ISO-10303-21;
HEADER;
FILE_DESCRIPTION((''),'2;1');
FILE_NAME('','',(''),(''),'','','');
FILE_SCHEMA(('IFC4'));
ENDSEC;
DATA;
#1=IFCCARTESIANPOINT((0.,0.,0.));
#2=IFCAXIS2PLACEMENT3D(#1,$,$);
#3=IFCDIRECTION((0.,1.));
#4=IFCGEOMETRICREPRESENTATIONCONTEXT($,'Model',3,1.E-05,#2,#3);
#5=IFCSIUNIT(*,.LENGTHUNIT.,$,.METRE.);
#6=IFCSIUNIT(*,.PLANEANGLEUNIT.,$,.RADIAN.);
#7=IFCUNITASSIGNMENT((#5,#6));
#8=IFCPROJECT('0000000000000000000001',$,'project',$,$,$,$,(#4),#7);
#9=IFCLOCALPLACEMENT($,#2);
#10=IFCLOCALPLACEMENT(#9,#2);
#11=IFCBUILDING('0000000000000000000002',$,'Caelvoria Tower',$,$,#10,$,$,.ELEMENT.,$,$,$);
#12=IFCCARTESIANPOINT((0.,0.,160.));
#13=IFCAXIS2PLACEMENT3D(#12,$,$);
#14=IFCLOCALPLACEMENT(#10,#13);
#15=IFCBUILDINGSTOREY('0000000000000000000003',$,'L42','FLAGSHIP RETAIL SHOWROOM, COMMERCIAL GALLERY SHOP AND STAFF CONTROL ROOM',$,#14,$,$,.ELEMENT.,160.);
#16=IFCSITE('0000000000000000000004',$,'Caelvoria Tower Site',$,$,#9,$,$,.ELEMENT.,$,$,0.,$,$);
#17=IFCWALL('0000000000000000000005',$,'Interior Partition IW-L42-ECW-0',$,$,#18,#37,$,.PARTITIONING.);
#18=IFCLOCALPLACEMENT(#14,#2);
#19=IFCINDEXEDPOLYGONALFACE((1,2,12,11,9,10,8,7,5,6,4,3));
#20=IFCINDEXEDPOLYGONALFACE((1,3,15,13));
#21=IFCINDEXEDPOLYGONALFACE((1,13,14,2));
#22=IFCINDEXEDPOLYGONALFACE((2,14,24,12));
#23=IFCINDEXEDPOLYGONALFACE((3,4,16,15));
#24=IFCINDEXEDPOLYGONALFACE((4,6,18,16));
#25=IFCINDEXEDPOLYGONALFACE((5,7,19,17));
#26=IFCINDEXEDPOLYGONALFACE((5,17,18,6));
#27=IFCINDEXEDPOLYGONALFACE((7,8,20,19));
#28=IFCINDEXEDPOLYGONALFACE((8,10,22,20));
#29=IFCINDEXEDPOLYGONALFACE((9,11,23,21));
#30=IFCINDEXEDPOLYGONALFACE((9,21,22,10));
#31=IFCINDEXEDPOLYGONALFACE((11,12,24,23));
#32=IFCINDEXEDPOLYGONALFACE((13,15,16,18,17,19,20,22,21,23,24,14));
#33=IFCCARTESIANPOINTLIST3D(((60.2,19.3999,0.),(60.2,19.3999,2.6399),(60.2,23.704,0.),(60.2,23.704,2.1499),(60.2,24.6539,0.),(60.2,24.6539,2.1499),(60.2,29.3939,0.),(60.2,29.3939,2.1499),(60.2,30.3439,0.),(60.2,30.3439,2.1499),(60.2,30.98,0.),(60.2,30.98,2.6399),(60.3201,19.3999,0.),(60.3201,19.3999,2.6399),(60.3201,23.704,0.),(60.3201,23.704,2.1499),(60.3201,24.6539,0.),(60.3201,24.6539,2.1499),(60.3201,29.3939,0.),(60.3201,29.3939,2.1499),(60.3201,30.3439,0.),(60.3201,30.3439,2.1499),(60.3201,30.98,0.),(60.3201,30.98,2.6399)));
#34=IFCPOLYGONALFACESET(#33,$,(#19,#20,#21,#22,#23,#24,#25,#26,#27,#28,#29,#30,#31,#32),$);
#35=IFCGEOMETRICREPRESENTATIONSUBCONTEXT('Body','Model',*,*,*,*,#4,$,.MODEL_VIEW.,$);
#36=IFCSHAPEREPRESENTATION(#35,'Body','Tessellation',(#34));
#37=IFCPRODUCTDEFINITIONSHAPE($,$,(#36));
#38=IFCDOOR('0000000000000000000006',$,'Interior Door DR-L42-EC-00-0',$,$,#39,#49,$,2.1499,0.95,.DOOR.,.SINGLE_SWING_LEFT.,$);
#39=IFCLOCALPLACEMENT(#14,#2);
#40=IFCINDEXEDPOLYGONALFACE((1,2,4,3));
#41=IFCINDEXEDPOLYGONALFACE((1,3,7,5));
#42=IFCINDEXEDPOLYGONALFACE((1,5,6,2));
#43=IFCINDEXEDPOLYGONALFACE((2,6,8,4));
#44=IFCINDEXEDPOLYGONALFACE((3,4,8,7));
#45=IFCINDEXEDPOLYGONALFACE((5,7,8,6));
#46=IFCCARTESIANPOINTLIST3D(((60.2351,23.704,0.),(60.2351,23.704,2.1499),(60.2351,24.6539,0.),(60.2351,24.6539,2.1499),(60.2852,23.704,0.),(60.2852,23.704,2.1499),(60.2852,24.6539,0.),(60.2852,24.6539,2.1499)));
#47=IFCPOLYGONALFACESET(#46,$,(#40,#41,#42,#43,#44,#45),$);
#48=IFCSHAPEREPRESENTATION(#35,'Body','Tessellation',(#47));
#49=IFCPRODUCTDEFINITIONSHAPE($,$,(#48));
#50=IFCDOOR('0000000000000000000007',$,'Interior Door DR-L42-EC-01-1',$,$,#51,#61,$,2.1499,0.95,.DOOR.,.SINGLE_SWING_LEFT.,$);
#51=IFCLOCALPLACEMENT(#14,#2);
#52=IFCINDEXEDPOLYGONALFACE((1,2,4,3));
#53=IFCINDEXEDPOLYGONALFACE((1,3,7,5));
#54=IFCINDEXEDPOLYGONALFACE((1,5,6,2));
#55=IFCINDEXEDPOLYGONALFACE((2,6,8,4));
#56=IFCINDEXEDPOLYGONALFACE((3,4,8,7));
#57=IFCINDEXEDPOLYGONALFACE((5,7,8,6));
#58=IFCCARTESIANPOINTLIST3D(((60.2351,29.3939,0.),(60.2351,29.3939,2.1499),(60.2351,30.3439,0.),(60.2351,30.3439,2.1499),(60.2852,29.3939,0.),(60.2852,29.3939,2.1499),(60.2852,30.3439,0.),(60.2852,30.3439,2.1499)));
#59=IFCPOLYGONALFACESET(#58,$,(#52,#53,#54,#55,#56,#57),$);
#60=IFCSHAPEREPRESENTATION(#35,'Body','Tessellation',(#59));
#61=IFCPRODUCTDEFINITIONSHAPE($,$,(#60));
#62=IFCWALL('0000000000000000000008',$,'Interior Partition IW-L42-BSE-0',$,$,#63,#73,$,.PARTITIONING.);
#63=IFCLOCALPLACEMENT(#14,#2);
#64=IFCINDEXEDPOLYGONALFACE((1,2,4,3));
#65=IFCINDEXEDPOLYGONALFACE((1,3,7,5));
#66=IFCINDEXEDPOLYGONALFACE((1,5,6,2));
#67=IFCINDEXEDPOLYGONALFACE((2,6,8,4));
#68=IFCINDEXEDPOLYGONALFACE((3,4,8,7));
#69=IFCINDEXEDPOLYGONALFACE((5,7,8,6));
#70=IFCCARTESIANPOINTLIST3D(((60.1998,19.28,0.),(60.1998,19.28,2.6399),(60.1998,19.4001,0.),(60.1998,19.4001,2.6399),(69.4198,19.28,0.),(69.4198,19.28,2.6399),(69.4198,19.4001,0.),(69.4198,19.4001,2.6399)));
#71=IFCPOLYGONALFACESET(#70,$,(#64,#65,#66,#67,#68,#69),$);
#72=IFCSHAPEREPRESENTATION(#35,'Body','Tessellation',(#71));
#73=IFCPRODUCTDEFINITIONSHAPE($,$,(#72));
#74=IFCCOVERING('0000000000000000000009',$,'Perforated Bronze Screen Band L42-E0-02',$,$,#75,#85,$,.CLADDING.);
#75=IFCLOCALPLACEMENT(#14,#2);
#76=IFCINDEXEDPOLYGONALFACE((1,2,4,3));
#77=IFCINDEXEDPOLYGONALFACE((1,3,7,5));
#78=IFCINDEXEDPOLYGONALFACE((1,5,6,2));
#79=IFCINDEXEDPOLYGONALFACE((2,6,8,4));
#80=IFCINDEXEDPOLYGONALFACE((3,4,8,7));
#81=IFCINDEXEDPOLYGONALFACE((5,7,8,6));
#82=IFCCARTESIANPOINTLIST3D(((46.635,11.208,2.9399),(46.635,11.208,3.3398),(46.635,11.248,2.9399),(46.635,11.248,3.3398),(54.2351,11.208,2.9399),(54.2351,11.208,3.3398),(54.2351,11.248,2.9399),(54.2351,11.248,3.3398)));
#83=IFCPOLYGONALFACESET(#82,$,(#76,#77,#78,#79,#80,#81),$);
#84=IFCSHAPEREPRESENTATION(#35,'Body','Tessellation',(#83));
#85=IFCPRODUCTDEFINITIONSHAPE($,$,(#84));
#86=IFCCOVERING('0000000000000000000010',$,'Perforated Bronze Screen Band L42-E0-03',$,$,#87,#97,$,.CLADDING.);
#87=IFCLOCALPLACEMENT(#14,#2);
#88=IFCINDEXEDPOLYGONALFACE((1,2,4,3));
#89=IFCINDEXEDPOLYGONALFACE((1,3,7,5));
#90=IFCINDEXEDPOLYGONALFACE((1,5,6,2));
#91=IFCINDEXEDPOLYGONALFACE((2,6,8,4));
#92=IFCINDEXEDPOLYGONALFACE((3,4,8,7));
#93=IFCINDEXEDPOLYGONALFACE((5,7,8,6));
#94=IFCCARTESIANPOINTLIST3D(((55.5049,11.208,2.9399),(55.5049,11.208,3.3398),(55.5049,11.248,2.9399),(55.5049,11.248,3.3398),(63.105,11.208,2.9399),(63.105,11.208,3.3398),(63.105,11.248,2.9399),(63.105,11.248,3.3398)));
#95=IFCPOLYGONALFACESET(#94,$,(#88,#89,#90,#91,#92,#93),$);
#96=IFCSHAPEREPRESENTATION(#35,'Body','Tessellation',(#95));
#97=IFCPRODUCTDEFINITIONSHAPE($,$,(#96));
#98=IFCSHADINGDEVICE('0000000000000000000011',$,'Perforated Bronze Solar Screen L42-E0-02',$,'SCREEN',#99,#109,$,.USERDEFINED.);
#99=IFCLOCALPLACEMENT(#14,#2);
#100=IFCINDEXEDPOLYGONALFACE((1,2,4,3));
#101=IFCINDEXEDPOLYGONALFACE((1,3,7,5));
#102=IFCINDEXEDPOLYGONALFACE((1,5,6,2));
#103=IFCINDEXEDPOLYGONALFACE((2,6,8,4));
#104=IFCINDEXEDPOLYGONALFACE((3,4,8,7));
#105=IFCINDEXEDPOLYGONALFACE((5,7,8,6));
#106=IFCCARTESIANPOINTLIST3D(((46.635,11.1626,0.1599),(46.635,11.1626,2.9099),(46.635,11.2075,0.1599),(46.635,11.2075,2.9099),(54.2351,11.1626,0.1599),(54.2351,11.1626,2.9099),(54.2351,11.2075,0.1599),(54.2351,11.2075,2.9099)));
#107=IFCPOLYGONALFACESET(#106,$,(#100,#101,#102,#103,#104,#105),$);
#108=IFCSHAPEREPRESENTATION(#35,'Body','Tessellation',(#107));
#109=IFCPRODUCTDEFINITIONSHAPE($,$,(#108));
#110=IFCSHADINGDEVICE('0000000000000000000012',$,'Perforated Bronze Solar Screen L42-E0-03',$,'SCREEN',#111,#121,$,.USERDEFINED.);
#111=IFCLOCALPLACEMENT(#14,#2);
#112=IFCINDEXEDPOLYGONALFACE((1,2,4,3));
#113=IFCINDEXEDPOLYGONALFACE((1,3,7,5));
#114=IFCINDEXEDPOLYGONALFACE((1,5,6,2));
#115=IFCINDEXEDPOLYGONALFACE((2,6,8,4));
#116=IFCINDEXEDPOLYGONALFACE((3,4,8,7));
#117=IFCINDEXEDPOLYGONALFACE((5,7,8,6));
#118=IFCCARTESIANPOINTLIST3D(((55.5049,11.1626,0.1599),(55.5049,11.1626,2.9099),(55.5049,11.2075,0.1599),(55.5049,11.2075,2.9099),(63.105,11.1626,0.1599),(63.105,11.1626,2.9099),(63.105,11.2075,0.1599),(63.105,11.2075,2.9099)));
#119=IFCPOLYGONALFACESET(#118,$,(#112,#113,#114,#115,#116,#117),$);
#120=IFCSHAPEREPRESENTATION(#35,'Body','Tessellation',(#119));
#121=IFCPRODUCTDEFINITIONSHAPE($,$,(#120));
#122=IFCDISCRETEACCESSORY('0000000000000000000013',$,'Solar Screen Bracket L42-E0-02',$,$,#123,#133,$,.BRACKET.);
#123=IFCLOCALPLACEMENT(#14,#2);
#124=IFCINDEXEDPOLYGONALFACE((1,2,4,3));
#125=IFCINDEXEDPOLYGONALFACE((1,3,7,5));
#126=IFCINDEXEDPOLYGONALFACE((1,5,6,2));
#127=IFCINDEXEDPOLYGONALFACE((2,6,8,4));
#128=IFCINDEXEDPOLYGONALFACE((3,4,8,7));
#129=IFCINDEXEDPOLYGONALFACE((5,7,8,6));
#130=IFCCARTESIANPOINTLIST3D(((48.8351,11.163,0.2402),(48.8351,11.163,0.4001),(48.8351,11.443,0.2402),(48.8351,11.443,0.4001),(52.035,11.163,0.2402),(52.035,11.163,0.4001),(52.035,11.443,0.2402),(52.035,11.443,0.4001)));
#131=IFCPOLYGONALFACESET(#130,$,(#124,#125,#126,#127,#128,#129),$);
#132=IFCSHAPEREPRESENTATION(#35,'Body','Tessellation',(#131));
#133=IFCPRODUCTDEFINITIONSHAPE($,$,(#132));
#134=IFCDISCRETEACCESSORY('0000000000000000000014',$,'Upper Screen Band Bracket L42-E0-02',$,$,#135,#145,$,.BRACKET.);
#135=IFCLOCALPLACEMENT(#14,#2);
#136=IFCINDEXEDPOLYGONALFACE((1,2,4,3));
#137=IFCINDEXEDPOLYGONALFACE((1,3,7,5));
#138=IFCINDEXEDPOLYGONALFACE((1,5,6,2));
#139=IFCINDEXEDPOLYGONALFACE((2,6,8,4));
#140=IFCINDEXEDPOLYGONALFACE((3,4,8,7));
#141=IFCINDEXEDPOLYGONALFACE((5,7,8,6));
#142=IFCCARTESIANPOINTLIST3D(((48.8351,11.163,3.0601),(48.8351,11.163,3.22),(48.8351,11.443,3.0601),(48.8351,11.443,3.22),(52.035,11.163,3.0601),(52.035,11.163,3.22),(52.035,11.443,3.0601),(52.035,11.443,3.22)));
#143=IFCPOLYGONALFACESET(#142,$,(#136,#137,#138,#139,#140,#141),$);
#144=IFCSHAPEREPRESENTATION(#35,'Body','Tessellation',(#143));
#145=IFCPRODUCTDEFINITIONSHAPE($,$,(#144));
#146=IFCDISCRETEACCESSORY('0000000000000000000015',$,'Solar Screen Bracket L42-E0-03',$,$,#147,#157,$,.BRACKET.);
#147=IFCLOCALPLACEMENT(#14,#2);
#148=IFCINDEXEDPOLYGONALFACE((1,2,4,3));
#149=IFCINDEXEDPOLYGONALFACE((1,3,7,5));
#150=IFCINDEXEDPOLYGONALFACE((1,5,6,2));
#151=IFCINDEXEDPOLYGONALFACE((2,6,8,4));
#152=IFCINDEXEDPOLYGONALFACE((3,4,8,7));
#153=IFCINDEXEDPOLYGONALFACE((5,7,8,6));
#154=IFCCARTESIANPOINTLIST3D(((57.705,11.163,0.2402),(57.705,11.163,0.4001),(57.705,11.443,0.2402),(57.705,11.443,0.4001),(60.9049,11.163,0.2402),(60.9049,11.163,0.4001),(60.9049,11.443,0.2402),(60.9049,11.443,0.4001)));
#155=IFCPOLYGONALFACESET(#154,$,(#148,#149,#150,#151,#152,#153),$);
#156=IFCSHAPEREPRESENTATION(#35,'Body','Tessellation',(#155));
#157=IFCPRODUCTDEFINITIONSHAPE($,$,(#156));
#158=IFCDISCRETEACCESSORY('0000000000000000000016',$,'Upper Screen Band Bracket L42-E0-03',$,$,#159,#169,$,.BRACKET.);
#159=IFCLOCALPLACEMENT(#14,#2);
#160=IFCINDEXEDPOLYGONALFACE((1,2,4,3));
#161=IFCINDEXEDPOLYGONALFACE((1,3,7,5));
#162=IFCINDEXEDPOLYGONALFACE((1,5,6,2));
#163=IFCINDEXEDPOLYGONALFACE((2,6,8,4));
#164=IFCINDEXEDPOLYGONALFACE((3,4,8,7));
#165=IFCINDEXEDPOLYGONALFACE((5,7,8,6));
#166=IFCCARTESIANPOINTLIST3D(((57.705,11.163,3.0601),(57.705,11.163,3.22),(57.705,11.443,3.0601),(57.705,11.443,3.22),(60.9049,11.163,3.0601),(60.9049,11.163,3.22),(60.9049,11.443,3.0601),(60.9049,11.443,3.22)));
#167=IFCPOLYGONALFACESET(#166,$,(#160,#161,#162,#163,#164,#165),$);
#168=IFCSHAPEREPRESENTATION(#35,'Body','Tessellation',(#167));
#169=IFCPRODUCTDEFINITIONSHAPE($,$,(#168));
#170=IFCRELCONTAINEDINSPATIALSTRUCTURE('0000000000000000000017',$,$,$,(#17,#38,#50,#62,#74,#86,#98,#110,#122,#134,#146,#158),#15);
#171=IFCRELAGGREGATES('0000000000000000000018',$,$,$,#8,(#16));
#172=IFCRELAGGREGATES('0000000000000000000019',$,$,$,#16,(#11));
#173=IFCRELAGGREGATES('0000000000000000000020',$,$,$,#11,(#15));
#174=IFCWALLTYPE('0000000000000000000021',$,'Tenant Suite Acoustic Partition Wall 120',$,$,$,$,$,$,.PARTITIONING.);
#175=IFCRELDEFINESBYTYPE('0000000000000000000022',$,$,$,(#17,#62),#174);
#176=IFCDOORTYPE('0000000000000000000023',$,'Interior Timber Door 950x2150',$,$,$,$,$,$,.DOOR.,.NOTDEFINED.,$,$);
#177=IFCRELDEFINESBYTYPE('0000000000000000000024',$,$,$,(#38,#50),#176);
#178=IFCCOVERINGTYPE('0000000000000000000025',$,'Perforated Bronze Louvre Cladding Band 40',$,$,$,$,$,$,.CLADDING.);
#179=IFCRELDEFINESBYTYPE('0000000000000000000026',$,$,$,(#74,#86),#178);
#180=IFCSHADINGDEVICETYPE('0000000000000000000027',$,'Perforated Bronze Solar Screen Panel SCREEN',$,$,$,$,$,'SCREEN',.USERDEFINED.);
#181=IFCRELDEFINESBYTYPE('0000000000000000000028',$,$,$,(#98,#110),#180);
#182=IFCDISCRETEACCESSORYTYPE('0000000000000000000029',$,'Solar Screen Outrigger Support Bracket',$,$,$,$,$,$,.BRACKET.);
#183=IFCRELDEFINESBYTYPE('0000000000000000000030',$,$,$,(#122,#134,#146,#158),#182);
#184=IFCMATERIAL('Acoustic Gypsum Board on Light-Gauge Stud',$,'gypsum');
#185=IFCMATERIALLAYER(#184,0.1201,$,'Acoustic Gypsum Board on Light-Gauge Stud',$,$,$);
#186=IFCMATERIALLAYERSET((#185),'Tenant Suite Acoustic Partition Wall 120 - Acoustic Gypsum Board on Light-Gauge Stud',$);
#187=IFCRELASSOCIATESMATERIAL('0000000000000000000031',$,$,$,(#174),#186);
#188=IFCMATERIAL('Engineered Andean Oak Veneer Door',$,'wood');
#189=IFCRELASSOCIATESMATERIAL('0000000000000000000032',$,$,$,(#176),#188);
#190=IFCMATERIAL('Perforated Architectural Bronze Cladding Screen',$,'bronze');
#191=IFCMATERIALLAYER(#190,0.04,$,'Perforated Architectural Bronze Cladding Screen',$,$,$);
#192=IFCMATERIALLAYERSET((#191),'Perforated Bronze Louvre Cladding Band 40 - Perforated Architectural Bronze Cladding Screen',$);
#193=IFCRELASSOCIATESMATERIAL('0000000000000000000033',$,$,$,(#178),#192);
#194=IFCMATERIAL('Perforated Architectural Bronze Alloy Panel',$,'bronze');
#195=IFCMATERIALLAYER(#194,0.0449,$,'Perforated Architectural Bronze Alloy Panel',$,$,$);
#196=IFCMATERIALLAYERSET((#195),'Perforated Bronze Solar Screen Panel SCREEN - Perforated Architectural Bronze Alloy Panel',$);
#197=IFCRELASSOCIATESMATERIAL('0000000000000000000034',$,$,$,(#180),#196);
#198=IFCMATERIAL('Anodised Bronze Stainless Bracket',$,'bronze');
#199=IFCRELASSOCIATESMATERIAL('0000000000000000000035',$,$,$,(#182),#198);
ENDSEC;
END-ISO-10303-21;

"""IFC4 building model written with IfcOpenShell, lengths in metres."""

from ifc_helpers import new_model, si_unit, direction, frame, frame_2d, origin, origin_2d, place, context, subcontext, project, spatial, rectangle, extrude, material, layer, layer_set, type_object, element, fill, save


model = new_model("IFC4")

# Units and contexts
model_context = context("Model", 3, precision=1e-05, world=origin(), true_north=direction((0.0, 1.0)))
body_context = subcontext(model_context, "Body", "Model", "MODEL_VIEW")
ifc_project = project(units=[si_unit("LENGTHUNIT", "METRE"), si_unit("PLANEANGLEUNIT", "RADIAN")], contexts=[model_context])

# Site, building, storey
site_placement = place(None, origin())
site = spatial("IfcSite", under=ifc_project, at=site_placement, Name="Caelvoria Tower Site", CompositionType="ELEMENT", RefElevation=0.0)
building_placement = place(site_placement, origin())
building = spatial("IfcBuilding", under=site, at=building_placement, Name="Caelvoria Tower", CompositionType="ELEMENT")
storey_placement = place(building_placement, frame((0.0, 0.0, 160.0)))
storey = spatial("IfcBuildingStorey", under=building, at=storey_placement, Name="L42", Description="FLAGSHIP RETAIL SHOWROOM, COMMERCIAL GALLERY SHOP AND STAFF CONTROL ROOM", CompositionType="ELEMENT", Elevation=160.0)

# Shared definitions
ifc_material_1 = material(Name="Acoustic Gypsum Board on Light-Gauge Stud", Category="gypsum")
ifc_layer_1 = layer(ifc_material_1, 0.1201, Name="Acoustic Gypsum Board on Light-Gauge Stud")
ifc_layer_set_1 = layer_set([ifc_layer_1], Name="Tenant Suite Acoustic Partition Wall 120 - Acoustic Gypsum Board on Light-Gauge Stud")
wall_type_1 = type_object("IfcWallType", Name="Tenant Suite Acoustic Partition Wall 120", PredefinedType="PARTITIONING", material=ifc_layer_set_1)
ifc_material_2 = material(Name="Engineered Andean Oak Veneer Door", Category="wood")

# Wall, openings, doors
wall_1_placement = place(storey_placement, frame((60.26, 19.3999, 0.0), z_axis=(0.0, 0.0, 1.0), x_axis=(0.0, 1.0, 0.0)))
wall_1 = element("IfcWall", 1, at=wall_1_placement, inside=storey, type_object=wall_type_1, Name="Interior Partition IW-L42-ECW-0", PredefinedType="PARTITIONING", context=body_context, shape_type="SweptSolid", body=[
    extrude(rectangle(XDim=11.5801, YDim=0.1201, at=frame_2d((5.79, 0.0))), origin(), (0.0, 0.0, 1.0), 2.6399),
])
opening_1_placement = place(wall_1_placement, frame((4.304, 0.0, 0.0)))
opening_1 = element("IfcOpeningElement", 2, at=opening_1_placement, cuts=wall_1, PredefinedType="OPENING", context=body_context, shape_type="SweptSolid", body=[
    extrude(rectangle(XDim=0.95, YDim=2.1499, at=frame_2d((0.4751, 1.075))), frame((0.0, 0.0701, 0.0), z_axis=(0.0, -1.0, 0.0), x_axis=(1.0, 0.0, 0.0)), (0.0, 0.0, 1.0), 0.1401),
])
opening_2_placement = place(wall_1_placement, frame((9.9939, 0.0, 0.0)))
opening_2 = element("IfcOpeningElement", 3, at=opening_2_placement, cuts=wall_1, PredefinedType="OPENING", context=body_context, shape_type="SweptSolid", body=[
    extrude(rectangle(XDim=0.95, YDim=2.1499, at=frame_2d((0.4751, 1.075))), frame((0.0, 0.0701, 0.0), z_axis=(0.0, -1.0, 0.0), x_axis=(1.0, 0.0, 0.0)), (0.0, 0.0, 1.0), 0.1401),
])
door_type_1 = type_object("IfcDoorType", Name="Interior Timber Door 950x2150", OperationType="NOTDEFINED", PredefinedType="DOOR", material=ifc_material_2)
door_1_placement = place(opening_1_placement, origin())
door_1 = element("IfcDoor", 4, at=door_1_placement, inside=storey, type_object=door_type_1, Name="Interior Door DR-L42-EC-00-0", OperationType="SINGLE_SWING_LEFT", OverallHeight=2.1499, OverallWidth=0.95, PredefinedType="DOOR", context=body_context, shape_type="SweptSolid", body=[
    extrude(rectangle(XDim=0.95, YDim=2.1499, at=frame_2d((0.4751, 1.075))), frame((0.0, 0.0249, 0.0), z_axis=(0.0, -1.0, 0.0), x_axis=(1.0, 0.0, 0.0)), (0.0, 0.0, 1.0), 0.05),
])
fill(opening_1, door_1)
door_2_placement = place(opening_2_placement, origin())
door_2 = element("IfcDoor", 5, at=door_2_placement, inside=storey, type_object=door_type_1, Name="Interior Door DR-L42-EC-01-1", OperationType="SINGLE_SWING_LEFT", OverallHeight=2.1499, OverallWidth=0.95, PredefinedType="DOOR", context=body_context, shape_type="SweptSolid", body=[
    extrude(rectangle(XDim=0.95, YDim=2.1499, at=frame_2d((0.4751, 1.075))), frame((0.0, 0.0249, 0.0), z_axis=(0.0, -1.0, 0.0), x_axis=(1.0, 0.0, 0.0)), (0.0, 0.0, 1.0), 0.05),
])
fill(opening_2, door_2)

# Wall
wall_2_placement = place(storey_placement, frame((60.2, 19.3401, 0.0), z_axis=(0.0, 0.0, 1.0), x_axis=(1.0, 0.0, 0.0)))
element("IfcWall", 6, at=wall_2_placement, inside=storey, type_object=wall_type_1, Name="Interior Partition IW-L42-BSE-0", PredefinedType="PARTITIONING", context=body_context, shape_type="SweptSolid", body=[
    extrude(rectangle(XDim=9.22, YDim=0.1201, at=frame_2d((4.6099, 0.0))), origin(), (0.0, 0.0, 1.0), 2.6399),
])

# Coverings
ifc_material_3 = material(Name="Perforated Architectural Bronze Cladding Screen", Category="bronze")
ifc_layer_2 = layer(ifc_material_3, 0.04, Name="Perforated Architectural Bronze Cladding Screen")
ifc_layer_set_2 = layer_set([ifc_layer_2], Name="Perforated Bronze Louvre Cladding Band 40 - Perforated Architectural Bronze Cladding Screen")
covering_type = type_object("IfcCoveringType", Name="Perforated Bronze Louvre Cladding Band 40", PredefinedType="CLADDING", material=ifc_layer_set_2)
for number, where, z_axis, x_axis, name in (
    (7, (50.4351, 11.228, 2.9399), (0.0, 0.0, 1.0), (1.0, 0.0, 0.0), "Perforated Bronze Screen Band L42-E0-02"),
    (8, (59.3049, 11.228, 2.9399), (0.0, 0.0, 1.0), (1.0, 0.0, 0.0), "Perforated Bronze Screen Band L42-E0-03"),
):
    element("IfcCovering", number, at=place(storey_placement, frame(where, z_axis=z_axis, x_axis=x_axis)), inside=storey, type_object=covering_type, Name=name, PredefinedType="CLADDING", context=body_context, shape_type="SweptSolid", body=[
        extrude(rectangle(XDim=7.6001, YDim=0.04, at=origin_2d()), origin(), (0.0, 0.0, 1.0), 0.3999),
    ])

# Shading devices
ifc_material_4 = material(Name="Perforated Architectural Bronze Alloy Panel", Category="bronze")
ifc_layer_3 = layer(ifc_material_4, 0.0449, Name="Perforated Architectural Bronze Alloy Panel")
ifc_layer_set_3 = layer_set([ifc_layer_3], Name="Perforated Bronze Solar Screen Panel SCREEN - Perforated Architectural Bronze Alloy Panel")
shading_device_type = type_object("IfcShadingDeviceType", Name="Perforated Bronze Solar Screen Panel SCREEN", ElementType="SCREEN", PredefinedType="USERDEFINED", material=ifc_layer_set_3)
for number, where, z_axis, x_axis, name in (
    (9, (50.4351, 11.1851, 0.1599), (0.0, 0.0, 1.0), (1.0, 0.0, 0.0), "Perforated Bronze Solar Screen L42-E0-02"),
    (10, (59.3049, 11.1851, 0.1599), (0.0, 0.0, 1.0), (1.0, 0.0, 0.0), "Perforated Bronze Solar Screen L42-E0-03"),
):
    element("IfcShadingDevice", number, at=place(storey_placement, frame(where, z_axis=z_axis, x_axis=x_axis)), inside=storey, type_object=shading_device_type, Name=name, ObjectType="SCREEN", PredefinedType="USERDEFINED", context=body_context, shape_type="SweptSolid", body=[
        extrude(rectangle(XDim=7.6001, YDim=0.0449, at=origin_2d()), origin(), (0.0, 0.0, 1.0), 2.75),
    ])

# Discrete accessories
ifc_material_5 = material(Name="Anodised Bronze Stainless Bracket", Category="bronze")
discrete_accessory_type = type_object("IfcDiscreteAccessoryType", Name="Solar Screen Outrigger Support Bracket", PredefinedType="BRACKET", material=ifc_material_5)
for number, where, z_axis, x_axis, name in (
    (11, (50.4351, 11.303, 0.2402), (0.0, 0.0, 1.0), (1.0, 0.0, 0.0), "Solar Screen Bracket L42-E0-02"),
    (12, (50.4351, 11.303, 3.0601), (0.0, 0.0, 1.0), (1.0, 0.0, 0.0), "Upper Screen Band Bracket L42-E0-02"),
    (13, (59.3049, 11.303, 0.2402), (0.0, 0.0, 1.0), (1.0, 0.0, 0.0), "Solar Screen Bracket L42-E0-03"),
    (14, (59.3049, 11.303, 3.0601), (0.0, 0.0, 1.0), (1.0, 0.0, 0.0), "Upper Screen Band Bracket L42-E0-03"),
):
    element("IfcDiscreteAccessory", number, at=place(storey_placement, frame(where, z_axis=z_axis, x_axis=x_axis)), inside=storey, type_object=discrete_accessory_type, Name=name, PredefinedType="BRACKET", context=body_context, shape_type="SweptSolid", body=[
        extrude(rectangle(XDim=3.2, YDim=0.28, at=origin_2d()), origin(), (0.0, 0.0, 1.0), 0.1599),
    ])

save(model, "model.ifc")
